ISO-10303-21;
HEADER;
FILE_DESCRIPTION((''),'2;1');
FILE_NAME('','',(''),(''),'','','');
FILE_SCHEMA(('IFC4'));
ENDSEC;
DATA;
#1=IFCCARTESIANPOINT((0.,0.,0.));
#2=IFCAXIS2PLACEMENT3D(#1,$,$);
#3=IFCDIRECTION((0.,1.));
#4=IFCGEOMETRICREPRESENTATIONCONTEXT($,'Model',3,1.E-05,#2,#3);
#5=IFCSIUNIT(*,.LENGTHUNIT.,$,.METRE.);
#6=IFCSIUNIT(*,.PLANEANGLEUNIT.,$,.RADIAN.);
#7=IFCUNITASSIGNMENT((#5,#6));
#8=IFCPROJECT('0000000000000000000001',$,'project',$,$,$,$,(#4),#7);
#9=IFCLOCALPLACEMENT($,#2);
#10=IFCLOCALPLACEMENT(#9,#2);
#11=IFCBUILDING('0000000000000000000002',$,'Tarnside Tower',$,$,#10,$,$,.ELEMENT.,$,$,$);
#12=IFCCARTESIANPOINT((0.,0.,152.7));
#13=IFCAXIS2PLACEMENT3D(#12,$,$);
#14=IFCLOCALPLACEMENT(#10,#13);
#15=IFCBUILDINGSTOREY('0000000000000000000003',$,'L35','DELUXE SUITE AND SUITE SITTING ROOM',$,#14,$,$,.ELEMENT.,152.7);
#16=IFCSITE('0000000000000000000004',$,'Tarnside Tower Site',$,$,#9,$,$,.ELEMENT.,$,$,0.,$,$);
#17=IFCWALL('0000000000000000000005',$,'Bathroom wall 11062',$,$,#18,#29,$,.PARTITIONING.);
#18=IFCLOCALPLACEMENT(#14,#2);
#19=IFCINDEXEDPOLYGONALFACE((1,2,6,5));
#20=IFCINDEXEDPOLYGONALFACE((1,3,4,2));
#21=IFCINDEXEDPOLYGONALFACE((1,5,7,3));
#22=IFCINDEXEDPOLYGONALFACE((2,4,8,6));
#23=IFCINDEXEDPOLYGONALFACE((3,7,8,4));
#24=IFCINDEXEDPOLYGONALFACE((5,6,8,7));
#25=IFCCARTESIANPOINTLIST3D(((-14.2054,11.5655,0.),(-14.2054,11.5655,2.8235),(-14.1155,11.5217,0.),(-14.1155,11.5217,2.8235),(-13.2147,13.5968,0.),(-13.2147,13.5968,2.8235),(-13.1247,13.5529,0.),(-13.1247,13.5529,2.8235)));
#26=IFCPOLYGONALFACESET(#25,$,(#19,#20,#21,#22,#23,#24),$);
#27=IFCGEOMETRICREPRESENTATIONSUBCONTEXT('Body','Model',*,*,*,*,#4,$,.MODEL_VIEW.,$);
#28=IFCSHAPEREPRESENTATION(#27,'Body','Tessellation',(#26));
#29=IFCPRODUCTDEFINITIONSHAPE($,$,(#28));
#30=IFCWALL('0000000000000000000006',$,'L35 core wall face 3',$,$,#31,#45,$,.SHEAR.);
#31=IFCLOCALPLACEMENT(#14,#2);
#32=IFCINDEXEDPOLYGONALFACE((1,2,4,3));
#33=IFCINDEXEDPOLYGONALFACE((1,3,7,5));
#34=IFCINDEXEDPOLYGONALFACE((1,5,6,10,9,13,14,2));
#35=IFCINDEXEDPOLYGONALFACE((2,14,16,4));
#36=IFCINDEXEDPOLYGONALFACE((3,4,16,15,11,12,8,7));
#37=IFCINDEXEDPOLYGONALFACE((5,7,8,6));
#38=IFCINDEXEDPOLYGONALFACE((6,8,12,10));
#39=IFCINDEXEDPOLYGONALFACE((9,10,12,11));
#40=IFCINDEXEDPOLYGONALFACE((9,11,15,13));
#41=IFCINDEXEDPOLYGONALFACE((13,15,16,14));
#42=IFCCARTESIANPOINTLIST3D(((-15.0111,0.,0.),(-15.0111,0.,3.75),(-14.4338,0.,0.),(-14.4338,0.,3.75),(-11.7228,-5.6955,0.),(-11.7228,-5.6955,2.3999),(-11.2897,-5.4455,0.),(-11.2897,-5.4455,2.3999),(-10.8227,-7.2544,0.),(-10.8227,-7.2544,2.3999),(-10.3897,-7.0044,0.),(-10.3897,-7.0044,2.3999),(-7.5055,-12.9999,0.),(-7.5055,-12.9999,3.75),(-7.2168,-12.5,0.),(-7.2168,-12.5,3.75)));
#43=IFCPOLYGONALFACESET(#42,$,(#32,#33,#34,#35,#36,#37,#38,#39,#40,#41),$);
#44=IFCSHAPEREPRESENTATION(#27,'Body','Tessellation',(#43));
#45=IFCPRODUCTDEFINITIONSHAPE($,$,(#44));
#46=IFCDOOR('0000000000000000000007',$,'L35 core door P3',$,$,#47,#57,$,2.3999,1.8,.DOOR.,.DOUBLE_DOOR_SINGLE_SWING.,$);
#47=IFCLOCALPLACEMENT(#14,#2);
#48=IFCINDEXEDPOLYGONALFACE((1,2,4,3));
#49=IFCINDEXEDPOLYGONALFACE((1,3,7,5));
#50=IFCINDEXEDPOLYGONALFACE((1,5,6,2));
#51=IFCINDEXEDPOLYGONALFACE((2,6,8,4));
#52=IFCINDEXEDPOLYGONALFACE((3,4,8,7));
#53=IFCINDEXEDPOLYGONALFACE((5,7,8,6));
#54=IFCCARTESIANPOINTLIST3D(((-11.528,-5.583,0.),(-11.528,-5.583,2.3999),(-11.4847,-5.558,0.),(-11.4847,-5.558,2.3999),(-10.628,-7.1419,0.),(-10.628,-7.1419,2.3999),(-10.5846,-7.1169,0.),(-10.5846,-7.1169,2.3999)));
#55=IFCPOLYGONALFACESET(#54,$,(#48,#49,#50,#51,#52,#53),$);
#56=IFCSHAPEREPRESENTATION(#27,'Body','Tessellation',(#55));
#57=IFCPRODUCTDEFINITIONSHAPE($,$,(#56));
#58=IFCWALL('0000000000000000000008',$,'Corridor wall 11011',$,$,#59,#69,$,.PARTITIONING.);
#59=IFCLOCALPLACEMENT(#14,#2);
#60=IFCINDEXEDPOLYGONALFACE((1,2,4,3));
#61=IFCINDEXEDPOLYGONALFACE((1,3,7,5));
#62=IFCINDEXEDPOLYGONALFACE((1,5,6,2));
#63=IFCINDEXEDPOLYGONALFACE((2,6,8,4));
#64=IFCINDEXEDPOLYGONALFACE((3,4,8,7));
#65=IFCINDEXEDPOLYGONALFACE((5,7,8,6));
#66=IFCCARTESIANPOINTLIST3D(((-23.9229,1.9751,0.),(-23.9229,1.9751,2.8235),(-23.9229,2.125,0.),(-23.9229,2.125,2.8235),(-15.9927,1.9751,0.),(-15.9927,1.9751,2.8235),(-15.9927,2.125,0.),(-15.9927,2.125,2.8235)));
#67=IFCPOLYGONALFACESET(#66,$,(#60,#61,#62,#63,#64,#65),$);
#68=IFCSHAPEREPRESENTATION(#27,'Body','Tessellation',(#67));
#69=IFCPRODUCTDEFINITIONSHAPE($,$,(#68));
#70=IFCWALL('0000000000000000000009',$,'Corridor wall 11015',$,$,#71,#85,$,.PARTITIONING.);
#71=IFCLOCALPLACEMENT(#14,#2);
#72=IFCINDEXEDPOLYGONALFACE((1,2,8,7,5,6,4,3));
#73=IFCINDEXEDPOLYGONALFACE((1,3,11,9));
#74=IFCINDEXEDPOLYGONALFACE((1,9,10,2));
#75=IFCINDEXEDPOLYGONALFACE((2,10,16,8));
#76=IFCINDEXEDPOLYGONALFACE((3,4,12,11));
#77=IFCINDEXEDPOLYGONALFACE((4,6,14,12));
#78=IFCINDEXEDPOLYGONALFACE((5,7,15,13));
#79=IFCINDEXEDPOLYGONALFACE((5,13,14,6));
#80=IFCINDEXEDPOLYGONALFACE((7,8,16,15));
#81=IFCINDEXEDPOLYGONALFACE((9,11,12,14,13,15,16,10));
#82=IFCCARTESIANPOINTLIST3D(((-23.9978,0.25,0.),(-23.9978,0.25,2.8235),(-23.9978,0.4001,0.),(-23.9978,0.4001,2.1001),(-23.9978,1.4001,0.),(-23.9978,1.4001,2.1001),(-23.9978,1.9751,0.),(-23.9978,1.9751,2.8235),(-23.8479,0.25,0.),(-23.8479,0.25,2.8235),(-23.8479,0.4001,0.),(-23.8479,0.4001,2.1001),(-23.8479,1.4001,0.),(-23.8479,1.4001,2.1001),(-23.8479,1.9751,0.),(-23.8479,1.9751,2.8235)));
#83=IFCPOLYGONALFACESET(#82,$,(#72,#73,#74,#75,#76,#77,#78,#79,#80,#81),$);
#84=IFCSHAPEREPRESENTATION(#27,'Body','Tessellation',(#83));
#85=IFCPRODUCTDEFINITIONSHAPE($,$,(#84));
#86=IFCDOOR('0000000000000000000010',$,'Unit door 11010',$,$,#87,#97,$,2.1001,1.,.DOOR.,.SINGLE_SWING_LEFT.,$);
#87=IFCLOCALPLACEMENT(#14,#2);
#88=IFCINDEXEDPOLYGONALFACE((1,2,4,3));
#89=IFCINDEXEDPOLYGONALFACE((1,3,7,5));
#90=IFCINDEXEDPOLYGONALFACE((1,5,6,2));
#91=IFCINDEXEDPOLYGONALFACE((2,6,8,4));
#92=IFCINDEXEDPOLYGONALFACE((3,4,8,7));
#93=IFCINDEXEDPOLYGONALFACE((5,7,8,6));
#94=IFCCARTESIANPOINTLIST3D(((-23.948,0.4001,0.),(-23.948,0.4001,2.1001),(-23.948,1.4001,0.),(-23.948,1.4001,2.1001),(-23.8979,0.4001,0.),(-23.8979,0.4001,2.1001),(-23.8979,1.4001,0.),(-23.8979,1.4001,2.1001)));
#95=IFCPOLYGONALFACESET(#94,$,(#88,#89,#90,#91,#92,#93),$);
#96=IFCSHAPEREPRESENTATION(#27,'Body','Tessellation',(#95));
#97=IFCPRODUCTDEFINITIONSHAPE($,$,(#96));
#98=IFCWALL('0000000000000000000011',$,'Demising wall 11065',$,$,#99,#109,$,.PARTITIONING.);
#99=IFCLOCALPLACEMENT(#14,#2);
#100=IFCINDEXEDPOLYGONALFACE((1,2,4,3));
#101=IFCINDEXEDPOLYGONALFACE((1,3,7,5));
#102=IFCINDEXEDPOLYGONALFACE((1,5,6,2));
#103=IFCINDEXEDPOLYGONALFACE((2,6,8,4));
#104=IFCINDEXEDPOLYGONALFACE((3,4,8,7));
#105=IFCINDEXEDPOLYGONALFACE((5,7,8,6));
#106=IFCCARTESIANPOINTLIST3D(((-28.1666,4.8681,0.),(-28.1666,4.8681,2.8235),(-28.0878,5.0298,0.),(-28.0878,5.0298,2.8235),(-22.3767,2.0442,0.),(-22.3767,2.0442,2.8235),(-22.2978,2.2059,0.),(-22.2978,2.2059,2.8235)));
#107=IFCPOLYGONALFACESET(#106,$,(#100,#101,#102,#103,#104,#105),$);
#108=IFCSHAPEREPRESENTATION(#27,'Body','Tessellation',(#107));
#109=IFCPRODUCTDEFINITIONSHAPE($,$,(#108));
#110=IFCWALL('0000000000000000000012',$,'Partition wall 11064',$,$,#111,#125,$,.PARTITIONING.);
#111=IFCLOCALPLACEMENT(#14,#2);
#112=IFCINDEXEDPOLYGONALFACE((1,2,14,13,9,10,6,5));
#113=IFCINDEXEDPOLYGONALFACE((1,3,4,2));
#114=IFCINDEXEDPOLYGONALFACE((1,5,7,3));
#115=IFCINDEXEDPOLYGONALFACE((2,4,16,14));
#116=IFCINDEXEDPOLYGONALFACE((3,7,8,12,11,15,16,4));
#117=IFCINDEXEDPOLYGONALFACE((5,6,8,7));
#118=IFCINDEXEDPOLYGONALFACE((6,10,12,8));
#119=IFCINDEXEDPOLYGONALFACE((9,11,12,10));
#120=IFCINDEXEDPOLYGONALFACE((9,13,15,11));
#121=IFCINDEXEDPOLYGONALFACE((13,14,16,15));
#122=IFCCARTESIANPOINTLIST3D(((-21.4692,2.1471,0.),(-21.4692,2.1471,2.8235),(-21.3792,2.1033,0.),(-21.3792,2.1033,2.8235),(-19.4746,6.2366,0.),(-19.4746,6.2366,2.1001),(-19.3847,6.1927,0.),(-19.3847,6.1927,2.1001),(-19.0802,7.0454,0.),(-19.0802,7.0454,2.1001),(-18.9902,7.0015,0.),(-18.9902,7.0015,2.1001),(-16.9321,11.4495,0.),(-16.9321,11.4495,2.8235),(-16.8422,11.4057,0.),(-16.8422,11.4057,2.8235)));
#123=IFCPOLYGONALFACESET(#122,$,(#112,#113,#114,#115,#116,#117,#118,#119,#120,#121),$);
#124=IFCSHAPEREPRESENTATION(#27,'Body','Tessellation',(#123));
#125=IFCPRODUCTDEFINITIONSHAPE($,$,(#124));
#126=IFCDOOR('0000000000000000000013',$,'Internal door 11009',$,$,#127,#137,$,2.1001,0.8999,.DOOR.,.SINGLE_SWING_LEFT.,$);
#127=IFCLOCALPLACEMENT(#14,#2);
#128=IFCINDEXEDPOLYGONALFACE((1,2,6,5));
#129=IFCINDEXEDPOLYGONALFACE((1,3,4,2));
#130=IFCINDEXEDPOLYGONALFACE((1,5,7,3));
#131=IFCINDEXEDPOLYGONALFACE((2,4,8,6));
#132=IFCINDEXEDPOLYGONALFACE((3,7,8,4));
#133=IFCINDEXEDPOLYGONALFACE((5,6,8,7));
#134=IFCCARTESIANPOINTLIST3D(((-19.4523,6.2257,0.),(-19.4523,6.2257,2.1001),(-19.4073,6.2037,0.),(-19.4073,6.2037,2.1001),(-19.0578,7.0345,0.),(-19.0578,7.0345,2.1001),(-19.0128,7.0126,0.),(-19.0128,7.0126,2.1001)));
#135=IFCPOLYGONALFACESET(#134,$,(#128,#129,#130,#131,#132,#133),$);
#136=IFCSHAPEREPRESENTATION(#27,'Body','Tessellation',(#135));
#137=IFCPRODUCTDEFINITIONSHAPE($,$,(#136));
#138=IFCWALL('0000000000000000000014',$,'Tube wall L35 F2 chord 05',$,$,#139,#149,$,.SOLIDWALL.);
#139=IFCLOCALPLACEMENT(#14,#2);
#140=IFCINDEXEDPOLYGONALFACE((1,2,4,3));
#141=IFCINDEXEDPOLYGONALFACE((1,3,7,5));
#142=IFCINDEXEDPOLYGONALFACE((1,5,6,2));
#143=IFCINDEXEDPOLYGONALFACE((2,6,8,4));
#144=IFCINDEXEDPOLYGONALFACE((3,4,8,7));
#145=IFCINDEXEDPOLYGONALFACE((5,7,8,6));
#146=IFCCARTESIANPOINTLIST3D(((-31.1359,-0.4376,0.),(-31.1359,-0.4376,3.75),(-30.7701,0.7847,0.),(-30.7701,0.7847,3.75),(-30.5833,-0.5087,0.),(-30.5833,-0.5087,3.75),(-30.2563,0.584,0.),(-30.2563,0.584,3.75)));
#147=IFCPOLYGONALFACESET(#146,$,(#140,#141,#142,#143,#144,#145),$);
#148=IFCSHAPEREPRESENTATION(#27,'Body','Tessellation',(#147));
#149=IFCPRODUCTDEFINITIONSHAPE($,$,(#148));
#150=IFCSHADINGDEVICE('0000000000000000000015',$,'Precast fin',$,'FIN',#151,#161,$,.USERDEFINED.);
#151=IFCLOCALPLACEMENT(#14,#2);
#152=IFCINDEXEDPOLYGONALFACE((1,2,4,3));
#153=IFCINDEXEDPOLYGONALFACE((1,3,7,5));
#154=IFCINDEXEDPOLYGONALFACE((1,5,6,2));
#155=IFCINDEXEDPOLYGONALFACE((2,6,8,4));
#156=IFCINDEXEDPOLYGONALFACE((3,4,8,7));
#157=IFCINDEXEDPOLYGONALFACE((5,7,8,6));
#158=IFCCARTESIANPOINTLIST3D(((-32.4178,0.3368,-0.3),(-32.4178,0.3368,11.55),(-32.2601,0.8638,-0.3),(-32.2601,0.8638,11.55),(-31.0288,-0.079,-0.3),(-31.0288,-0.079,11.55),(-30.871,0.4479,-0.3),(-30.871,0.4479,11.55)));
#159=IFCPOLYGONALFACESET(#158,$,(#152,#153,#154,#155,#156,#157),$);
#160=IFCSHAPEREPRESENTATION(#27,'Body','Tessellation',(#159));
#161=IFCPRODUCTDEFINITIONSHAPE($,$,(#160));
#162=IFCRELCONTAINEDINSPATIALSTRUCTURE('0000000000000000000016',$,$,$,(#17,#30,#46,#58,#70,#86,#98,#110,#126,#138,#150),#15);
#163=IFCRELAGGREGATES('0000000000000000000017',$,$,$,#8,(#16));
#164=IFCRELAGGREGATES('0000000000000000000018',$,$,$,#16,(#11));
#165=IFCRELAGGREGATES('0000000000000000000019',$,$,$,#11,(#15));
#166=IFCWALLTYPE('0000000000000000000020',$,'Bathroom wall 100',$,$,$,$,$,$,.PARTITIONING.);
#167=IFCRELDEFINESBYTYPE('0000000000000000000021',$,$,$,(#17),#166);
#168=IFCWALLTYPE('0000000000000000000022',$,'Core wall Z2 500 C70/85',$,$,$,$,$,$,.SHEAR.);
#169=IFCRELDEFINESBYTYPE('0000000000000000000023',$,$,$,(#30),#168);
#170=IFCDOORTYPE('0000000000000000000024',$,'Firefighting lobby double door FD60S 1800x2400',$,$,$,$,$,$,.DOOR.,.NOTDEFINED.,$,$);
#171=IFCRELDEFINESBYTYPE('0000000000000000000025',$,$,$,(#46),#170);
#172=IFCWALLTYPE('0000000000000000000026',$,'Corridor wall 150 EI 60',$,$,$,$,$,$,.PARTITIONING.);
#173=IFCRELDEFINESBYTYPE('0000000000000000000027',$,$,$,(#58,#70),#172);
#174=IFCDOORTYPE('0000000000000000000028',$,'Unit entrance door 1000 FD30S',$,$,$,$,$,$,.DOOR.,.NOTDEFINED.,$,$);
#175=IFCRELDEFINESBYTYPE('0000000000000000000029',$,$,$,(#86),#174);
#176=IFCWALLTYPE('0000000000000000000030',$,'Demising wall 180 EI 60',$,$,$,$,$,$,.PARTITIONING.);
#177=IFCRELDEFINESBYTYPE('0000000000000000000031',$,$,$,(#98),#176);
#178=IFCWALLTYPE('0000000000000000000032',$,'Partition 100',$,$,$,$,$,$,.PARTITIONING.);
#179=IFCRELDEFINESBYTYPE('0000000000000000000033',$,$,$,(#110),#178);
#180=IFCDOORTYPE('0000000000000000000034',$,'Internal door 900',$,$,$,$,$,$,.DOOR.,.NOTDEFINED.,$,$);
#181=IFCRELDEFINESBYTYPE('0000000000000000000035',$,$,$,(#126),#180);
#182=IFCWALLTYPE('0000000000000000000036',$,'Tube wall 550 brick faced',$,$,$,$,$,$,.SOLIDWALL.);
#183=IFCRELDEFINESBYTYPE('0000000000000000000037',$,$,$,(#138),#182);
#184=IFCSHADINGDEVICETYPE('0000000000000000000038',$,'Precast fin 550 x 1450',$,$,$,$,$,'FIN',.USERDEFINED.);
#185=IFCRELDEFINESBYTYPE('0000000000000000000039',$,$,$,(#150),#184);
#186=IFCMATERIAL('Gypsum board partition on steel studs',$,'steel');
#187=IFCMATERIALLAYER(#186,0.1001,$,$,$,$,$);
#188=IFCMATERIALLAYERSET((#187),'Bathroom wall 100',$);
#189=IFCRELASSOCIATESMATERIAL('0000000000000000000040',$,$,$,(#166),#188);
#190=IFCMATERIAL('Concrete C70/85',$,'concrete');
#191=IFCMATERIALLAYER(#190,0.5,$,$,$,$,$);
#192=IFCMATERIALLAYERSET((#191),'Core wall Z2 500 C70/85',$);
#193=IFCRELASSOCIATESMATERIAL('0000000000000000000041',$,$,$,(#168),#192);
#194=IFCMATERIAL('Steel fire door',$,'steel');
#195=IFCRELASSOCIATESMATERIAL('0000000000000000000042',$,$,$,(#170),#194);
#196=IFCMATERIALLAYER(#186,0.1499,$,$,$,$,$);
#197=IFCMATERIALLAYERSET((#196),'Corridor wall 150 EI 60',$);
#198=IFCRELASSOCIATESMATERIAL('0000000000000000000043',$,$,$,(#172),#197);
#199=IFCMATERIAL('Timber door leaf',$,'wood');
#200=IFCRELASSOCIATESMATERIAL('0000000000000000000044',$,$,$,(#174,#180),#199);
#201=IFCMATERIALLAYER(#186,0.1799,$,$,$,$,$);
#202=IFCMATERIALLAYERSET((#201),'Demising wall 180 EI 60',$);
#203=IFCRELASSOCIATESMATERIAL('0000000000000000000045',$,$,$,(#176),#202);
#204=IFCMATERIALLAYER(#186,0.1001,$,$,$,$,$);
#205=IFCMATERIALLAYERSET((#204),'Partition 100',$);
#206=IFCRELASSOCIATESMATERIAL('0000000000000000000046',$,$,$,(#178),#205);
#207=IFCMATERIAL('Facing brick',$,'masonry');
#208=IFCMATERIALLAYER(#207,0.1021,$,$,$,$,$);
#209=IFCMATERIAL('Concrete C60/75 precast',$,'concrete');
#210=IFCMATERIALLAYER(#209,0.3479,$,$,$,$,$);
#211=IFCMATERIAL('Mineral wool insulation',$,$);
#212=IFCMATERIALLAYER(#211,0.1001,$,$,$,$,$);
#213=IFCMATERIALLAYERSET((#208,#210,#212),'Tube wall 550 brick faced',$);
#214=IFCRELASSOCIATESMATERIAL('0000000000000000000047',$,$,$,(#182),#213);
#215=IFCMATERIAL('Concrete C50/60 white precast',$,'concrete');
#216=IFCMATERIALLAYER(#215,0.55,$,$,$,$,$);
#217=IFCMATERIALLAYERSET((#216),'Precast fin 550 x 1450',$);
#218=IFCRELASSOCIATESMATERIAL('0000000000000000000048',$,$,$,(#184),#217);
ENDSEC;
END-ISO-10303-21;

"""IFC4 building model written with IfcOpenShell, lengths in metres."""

from ifc_helpers import new_model, si_unit, direction, frame, frame_2d, origin, place, context, subcontext, project, spatial, polyline, rectangle, outline, extrude, material, layer, layer_set, type_object, element, fill, save


model = new_model("IFC4")

# Units and contexts
model_context = context("Model", 3, precision=1e-05, world=origin(), true_north=direction((0.0, 1.0)))
body_context = subcontext(model_context, "Body", "Model", "MODEL_VIEW")
ifc_project = project(units=[si_unit("LENGTHUNIT", "METRE"), si_unit("PLANEANGLEUNIT", "RADIAN")], contexts=[model_context])

# Site, building, storey
site_placement = place(None, origin())
site = spatial("IfcSite", under=ifc_project, at=site_placement, Name="Tarnside Tower Site", CompositionType="ELEMENT", RefElevation=0.0)
building_placement = place(site_placement, origin())
building = spatial("IfcBuilding", under=site, at=building_placement, Name="Tarnside Tower", CompositionType="ELEMENT")
storey_placement = place(building_placement, frame((0.0, 0.0, 152.7)))
storey = spatial("IfcBuildingStorey", under=building, at=storey_placement, Name="L35", Description="DELUXE SUITE AND SUITE SITTING ROOM", CompositionType="ELEMENT", Elevation=152.7)

# Wall
ifc_material_1 = material(Name="Gypsum board partition on steel studs", Category="steel")
ifc_layer_1 = layer(ifc_material_1, 0.1001)
ifc_layer_set_1 = layer_set([ifc_layer_1], Name="Bathroom wall 100")
wall_type_1 = type_object("IfcWallType", Name="Bathroom wall 100", PredefinedType="PARTITIONING", material=ifc_layer_set_1)
wall_1_placement = place(storey_placement, frame((-14.1604, 11.5437, 0.0), z_axis=(0.0, 0.0, 1.0), x_axis=(0.438377, 0.898791, 0.0)))
element("IfcWall", 1, at=wall_1_placement, inside=storey, type_object=wall_type_1, Name="Bathroom wall 11062", PredefinedType="PARTITIONING", context=body_context, shape_type="SweptSolid", body=[
    extrude(rectangle(XDim=2.26, YDim=0.1001, at=frame_2d((1.1299, 0.0))), origin(), (0.0, 0.0, 1.0), 2.8235),
])

# Wall, opening, door
ifc_material_2 = material(Name="Concrete C70/85", Category="concrete")
ifc_layer_2 = layer(ifc_material_2, 0.5)
ifc_layer_set_2 = layer_set([ifc_layer_2], Name="Core wall Z2 500 C70/85")
wall_type_2 = type_object("IfcWallType", Name="Core wall Z2 500 C70/85", PredefinedType="SHEAR", material=ifc_layer_set_2)
wall_2_placement = place(storey_placement, frame((-14.7224, 0.0, 0.0), z_axis=(0.0, 0.0, 1.0), x_axis=(0.500006, -0.866022, 0.0)))
wall_2 = element("IfcWall", 2, at=wall_2_placement, inside=storey, type_object=wall_type_2, Name="L35 core wall face 3", PredefinedType="SHEAR", context=body_context, shape_type="SweptSolid", body=[
    extrude(outline(polyline([(-0.1443, -0.25), (14.8667, -0.25), (14.5781, 0.25), (0.1443, 0.25), (-0.1443, -0.25)])), origin(), (0.0, 0.0, 1.0), 3.75),
])
opening_1_placement = place(wall_2_placement, frame((6.4324, 0.0, 0.0)))
opening_1 = element("IfcOpeningElement", 3, at=opening_1_placement, cuts=wall_2, PredefinedType="OPENING", context=body_context, shape_type="SweptSolid", body=[
    extrude(rectangle(XDim=1.8, YDim=2.3999, at=frame_2d((0.8999, 1.2))), frame((0.0, 0.26, 0.0), z_axis=(0.0, -1.0, 0.0), x_axis=(1.0, 0.0, 0.0)), (0.0, 0.0, 1.0), 0.52),
])
ifc_material_3 = material(Name="Steel fire door", Category="steel")
door_type_1 = type_object("IfcDoorType", Name="Firefighting lobby double door FD60S 1800x2400", OperationType="NOTDEFINED", PredefinedType="DOOR", material=ifc_material_3)
door_1_placement = place(opening_1_placement, origin())
door_1 = element("IfcDoor", 4, at=door_1_placement, inside=storey, type_object=door_type_1, Name="L35 core door P3", OperationType="DOUBLE_DOOR_SINGLE_SWING", OverallHeight=2.3999, OverallWidth=1.8, PredefinedType="DOOR", context=body_context, shape_type="SweptSolid", body=[
    extrude(rectangle(XDim=1.8, YDim=2.3999, at=frame_2d((0.8999, 1.2))), frame((0.0, 0.0249, 0.0), z_axis=(0.0, -1.0, 0.0), x_axis=(1.0, 0.0, 0.0)), (0.0, 0.0, 1.0), 0.05),
])
fill(opening_1, door_1)

# Wall
ifc_layer_3 = layer(ifc_material_1, 0.1499)
ifc_layer_set_3 = layer_set([ifc_layer_3], Name="Corridor wall 150 EI 60")
wall_type_3 = type_object("IfcWallType", Name="Corridor wall 150 EI 60", PredefinedType="PARTITIONING", material=ifc_layer_set_3)
wall_3_placement = place(storey_placement, frame((-15.9927, 2.05, 0.0), z_axis=(0.0, 0.0, 1.0), x_axis=(-1.0, 0.0, 0.0)))
element("IfcWall", 5, at=wall_3_placement, inside=storey, type_object=wall_type_3, Name="Corridor wall 11011", PredefinedType="PARTITIONING", context=body_context, shape_type="SweptSolid", body=[
    extrude(rectangle(XDim=7.9302, YDim=0.1499, at=frame_2d((3.9651, 0.0))), origin(), (0.0, 0.0, 1.0), 2.8235),
])

# Wall, opening, door
wall_4_placement = place(storey_placement, frame((-23.9229, 1.9751, 0.0), z_axis=(0.0, 0.0, 1.0), x_axis=(0.0, -1.0, 0.0)))
wall_4 = element("IfcWall", 6, at=wall_4_placement, inside=storey, type_object=wall_type_3, Name="Corridor wall 11015", PredefinedType="PARTITIONING", context=body_context, shape_type="SweptSolid", body=[
    extrude(rectangle(XDim=1.7251, YDim=0.1499, at=frame_2d((0.8625, 0.0))), origin(), (0.0, 0.0, 1.0), 2.8235),
])
opening_2_placement = place(wall_4_placement, frame((0.575, 0.0, 0.0)))
opening_2 = element("IfcOpeningElement", 7, at=opening_2_placement, cuts=wall_4, PredefinedType="OPENING", context=body_context, shape_type="SweptSolid", body=[
    extrude(rectangle(XDim=1.0, YDim=2.1001, at=frame_2d((0.5, 1.05))), frame((0.0, 0.085, 0.0), z_axis=(0.0, -1.0, 0.0), x_axis=(1.0, 0.0, 0.0)), (0.0, 0.0, 1.0), 0.1699),
])
ifc_material_4 = material(Name="Timber door leaf", Category="wood")
door_type_2 = type_object("IfcDoorType", Name="Unit entrance door 1000 FD30S", OperationType="NOTDEFINED", PredefinedType="DOOR", material=ifc_material_4)
door_2_placement = place(opening_2_placement, origin())
door_2 = element("IfcDoor", 8, at=door_2_placement, inside=storey, type_object=door_type_2, Name="Unit door 11010", OperationType="SINGLE_SWING_LEFT", OverallHeight=2.1001, OverallWidth=1.0, PredefinedType="DOOR", context=body_context, shape_type="SweptSolid", body=[
    extrude(rectangle(XDim=1.0, YDim=2.1001, at=frame_2d((0.5, 1.05))), frame((0.0, 0.0249, 0.0), z_axis=(0.0, -1.0, 0.0), x_axis=(1.0, 0.0, 0.0)), (0.0, 0.0, 1.0), 0.05),
])
fill(opening_2, door_2)

# Wall
ifc_layer_4 = layer(ifc_material_1, 0.1799)
ifc_layer_set_4 = layer_set([ifc_layer_4], Name="Demising wall 180 EI 60")
wall_type_4 = type_object("IfcWallType", Name="Demising wall 180 EI 60", PredefinedType="PARTITIONING", material=ifc_layer_set_4)
wall_5_placement = place(storey_placement, frame((-28.1272, 4.949, 0.0), z_axis=(0.0, 0.0, 1.0), x_axis=(0.898795, -0.438369, 0.0)))
element("IfcWall", 9, at=wall_5_placement, inside=storey, type_object=wall_type_4, Name="Demising wall 11065", PredefinedType="PARTITIONING", context=body_context, shape_type="SweptSolid", body=[
    extrude(rectangle(XDim=6.4419, YDim=0.1799, at=frame_2d((3.2209, 0.0))), origin(), (0.0, 0.0, 1.0), 2.8235),
])

# Wall, opening, door
ifc_layer_5 = layer(ifc_material_1, 0.1001)
ifc_layer_set_5 = layer_set([ifc_layer_5], Name="Partition 100")
wall_type_5 = type_object("IfcWallType", Name="Partition 100", PredefinedType="PARTITIONING", material=ifc_layer_set_5)
wall_6_placement = place(storey_placement, frame((-16.8872, 11.4275, 0.0), z_axis=(0.0, 0.0, 1.0), x_axis=(-0.43837, -0.898795, 0.0)))
wall_6 = element("IfcWall", 10, at=wall_6_placement, inside=storey, type_object=wall_type_5, Name="Partition wall 11064", PredefinedType="PARTITIONING", context=body_context, shape_type="SweptSolid", body=[
    extrude(rectangle(XDim=10.3499, YDim=0.1001, at=frame_2d((5.1748, 0.0))), origin(), (0.0, 0.0, 1.0), 2.8235),
])
opening_3_placement = place(wall_6_placement, frame((4.8999, 0.0, 0.0)))
opening_3 = element("IfcOpeningElement", 11, at=opening_3_placement, cuts=wall_6, PredefinedType="OPENING", context=body_context, shape_type="SweptSolid", body=[
    extrude(rectangle(XDim=0.8999, YDim=2.1001, at=frame_2d((0.45, 1.05))), frame((0.0, 0.0601, 0.0), z_axis=(0.0, -1.0, 0.0), x_axis=(1.0, 0.0, 0.0)), (0.0, 0.0, 1.0), 0.1201),
])
door_type_3 = type_object("IfcDoorType", Name="Internal door 900", OperationType="NOTDEFINED", PredefinedType="DOOR", material=ifc_material_4)
door_3_placement = place(opening_3_placement, origin())
door_3 = element("IfcDoor", 12, at=door_3_placement, inside=storey, type_object=door_type_3, Name="Internal door 11009", OperationType="SINGLE_SWING_LEFT", OverallHeight=2.1001, OverallWidth=0.8999, PredefinedType="DOOR", context=body_context, shape_type="SweptSolid", body=[
    extrude(rectangle(XDim=0.8999, YDim=2.1001, at=frame_2d((0.45, 1.05))), frame((0.0, 0.0249, 0.0), z_axis=(0.0, -1.0, 0.0), x_axis=(1.0, 0.0, 0.0)), (0.0, 0.0, 1.0), 0.05),
])
fill(opening_3, door_3)

# Wall
ifc_material_5 = material(Name="Facing brick", Category="masonry")
ifc_layer_6 = layer(ifc_material_5, 0.1021)
ifc_material_6 = material(Name="Concrete C60/75 precast", Category="concrete")
ifc_layer_7 = layer(ifc_material_6, 0.3479)
ifc_material_7 = material(Name="Mineral wool insulation")
ifc_layer_8 = layer(ifc_material_7, 0.1001)
ifc_layer_set_6 = layer_set([ifc_layer_6, ifc_layer_7, ifc_layer_8], Name="Tube wall 550 brick faced")
wall_type_6 = type_object("IfcWallType", Name="Tube wall 550 brick faced", PredefinedType="SOLIDWALL", material=ifc_layer_set_6)
wall_7_placement = place(storey_placement, frame((-30.5132, 0.6843, 0.0), z_axis=(0.0, 0.0, 1.0), x_axis=(-0.286736, -0.95801, 0.0)))
element("IfcWall", 13, at=wall_7_placement, inside=storey, type_object=wall_type_6, Name="Tube wall L35 F2 chord 05", PredefinedType="SOLIDWALL", context=body_context, shape_type="SweptSolid", body=[
    extrude(outline(polyline([(-0.0225, -0.2749), (1.2534, -0.2749), (1.1631, 0.2749), (0.0225, 0.2749), (-0.0225, -0.2749)])), origin(), (0.0, 0.0, 1.0), 3.75),
])

# Shading device
ifc_material_8 = material(Name="Concrete C50/60 white precast", Category="concrete")
ifc_layer_9 = layer(ifc_material_8, 0.55)
ifc_layer_set_7 = layer_set([ifc_layer_9], Name="Precast fin 550 x 1450")
shading_device_type_1 = type_object("IfcShadingDeviceType", Name="Precast fin 550 x 1450", ElementType="FIN", PredefinedType="USERDEFINED", material=ifc_layer_set_7)
shading_device_placement = place(storey_placement, frame((-30.95, 0.1843, -0.3), z_axis=(0.286803, 0.95799, 0.0), x_axis=(-0.95799, 0.286803, 0.0)))
element("IfcShadingDevice", 14, at=shading_device_placement, inside=storey, type_object=shading_device_type_1, Name="Precast fin", ObjectType="FIN", PredefinedType="USERDEFINED", context=body_context, shape_type="SweptSolid", body=[
    extrude(outline(polyline([(0.0, 0.0), (1.45, 0.0), (1.45, 11.8501), (0.0, 11.8501), (0.0, 0.0)])), frame((0.0, 0.0, -0.2749)), (0.0, 0.0, 1.0), 0.55),
])

save(model, "model.ifc")
